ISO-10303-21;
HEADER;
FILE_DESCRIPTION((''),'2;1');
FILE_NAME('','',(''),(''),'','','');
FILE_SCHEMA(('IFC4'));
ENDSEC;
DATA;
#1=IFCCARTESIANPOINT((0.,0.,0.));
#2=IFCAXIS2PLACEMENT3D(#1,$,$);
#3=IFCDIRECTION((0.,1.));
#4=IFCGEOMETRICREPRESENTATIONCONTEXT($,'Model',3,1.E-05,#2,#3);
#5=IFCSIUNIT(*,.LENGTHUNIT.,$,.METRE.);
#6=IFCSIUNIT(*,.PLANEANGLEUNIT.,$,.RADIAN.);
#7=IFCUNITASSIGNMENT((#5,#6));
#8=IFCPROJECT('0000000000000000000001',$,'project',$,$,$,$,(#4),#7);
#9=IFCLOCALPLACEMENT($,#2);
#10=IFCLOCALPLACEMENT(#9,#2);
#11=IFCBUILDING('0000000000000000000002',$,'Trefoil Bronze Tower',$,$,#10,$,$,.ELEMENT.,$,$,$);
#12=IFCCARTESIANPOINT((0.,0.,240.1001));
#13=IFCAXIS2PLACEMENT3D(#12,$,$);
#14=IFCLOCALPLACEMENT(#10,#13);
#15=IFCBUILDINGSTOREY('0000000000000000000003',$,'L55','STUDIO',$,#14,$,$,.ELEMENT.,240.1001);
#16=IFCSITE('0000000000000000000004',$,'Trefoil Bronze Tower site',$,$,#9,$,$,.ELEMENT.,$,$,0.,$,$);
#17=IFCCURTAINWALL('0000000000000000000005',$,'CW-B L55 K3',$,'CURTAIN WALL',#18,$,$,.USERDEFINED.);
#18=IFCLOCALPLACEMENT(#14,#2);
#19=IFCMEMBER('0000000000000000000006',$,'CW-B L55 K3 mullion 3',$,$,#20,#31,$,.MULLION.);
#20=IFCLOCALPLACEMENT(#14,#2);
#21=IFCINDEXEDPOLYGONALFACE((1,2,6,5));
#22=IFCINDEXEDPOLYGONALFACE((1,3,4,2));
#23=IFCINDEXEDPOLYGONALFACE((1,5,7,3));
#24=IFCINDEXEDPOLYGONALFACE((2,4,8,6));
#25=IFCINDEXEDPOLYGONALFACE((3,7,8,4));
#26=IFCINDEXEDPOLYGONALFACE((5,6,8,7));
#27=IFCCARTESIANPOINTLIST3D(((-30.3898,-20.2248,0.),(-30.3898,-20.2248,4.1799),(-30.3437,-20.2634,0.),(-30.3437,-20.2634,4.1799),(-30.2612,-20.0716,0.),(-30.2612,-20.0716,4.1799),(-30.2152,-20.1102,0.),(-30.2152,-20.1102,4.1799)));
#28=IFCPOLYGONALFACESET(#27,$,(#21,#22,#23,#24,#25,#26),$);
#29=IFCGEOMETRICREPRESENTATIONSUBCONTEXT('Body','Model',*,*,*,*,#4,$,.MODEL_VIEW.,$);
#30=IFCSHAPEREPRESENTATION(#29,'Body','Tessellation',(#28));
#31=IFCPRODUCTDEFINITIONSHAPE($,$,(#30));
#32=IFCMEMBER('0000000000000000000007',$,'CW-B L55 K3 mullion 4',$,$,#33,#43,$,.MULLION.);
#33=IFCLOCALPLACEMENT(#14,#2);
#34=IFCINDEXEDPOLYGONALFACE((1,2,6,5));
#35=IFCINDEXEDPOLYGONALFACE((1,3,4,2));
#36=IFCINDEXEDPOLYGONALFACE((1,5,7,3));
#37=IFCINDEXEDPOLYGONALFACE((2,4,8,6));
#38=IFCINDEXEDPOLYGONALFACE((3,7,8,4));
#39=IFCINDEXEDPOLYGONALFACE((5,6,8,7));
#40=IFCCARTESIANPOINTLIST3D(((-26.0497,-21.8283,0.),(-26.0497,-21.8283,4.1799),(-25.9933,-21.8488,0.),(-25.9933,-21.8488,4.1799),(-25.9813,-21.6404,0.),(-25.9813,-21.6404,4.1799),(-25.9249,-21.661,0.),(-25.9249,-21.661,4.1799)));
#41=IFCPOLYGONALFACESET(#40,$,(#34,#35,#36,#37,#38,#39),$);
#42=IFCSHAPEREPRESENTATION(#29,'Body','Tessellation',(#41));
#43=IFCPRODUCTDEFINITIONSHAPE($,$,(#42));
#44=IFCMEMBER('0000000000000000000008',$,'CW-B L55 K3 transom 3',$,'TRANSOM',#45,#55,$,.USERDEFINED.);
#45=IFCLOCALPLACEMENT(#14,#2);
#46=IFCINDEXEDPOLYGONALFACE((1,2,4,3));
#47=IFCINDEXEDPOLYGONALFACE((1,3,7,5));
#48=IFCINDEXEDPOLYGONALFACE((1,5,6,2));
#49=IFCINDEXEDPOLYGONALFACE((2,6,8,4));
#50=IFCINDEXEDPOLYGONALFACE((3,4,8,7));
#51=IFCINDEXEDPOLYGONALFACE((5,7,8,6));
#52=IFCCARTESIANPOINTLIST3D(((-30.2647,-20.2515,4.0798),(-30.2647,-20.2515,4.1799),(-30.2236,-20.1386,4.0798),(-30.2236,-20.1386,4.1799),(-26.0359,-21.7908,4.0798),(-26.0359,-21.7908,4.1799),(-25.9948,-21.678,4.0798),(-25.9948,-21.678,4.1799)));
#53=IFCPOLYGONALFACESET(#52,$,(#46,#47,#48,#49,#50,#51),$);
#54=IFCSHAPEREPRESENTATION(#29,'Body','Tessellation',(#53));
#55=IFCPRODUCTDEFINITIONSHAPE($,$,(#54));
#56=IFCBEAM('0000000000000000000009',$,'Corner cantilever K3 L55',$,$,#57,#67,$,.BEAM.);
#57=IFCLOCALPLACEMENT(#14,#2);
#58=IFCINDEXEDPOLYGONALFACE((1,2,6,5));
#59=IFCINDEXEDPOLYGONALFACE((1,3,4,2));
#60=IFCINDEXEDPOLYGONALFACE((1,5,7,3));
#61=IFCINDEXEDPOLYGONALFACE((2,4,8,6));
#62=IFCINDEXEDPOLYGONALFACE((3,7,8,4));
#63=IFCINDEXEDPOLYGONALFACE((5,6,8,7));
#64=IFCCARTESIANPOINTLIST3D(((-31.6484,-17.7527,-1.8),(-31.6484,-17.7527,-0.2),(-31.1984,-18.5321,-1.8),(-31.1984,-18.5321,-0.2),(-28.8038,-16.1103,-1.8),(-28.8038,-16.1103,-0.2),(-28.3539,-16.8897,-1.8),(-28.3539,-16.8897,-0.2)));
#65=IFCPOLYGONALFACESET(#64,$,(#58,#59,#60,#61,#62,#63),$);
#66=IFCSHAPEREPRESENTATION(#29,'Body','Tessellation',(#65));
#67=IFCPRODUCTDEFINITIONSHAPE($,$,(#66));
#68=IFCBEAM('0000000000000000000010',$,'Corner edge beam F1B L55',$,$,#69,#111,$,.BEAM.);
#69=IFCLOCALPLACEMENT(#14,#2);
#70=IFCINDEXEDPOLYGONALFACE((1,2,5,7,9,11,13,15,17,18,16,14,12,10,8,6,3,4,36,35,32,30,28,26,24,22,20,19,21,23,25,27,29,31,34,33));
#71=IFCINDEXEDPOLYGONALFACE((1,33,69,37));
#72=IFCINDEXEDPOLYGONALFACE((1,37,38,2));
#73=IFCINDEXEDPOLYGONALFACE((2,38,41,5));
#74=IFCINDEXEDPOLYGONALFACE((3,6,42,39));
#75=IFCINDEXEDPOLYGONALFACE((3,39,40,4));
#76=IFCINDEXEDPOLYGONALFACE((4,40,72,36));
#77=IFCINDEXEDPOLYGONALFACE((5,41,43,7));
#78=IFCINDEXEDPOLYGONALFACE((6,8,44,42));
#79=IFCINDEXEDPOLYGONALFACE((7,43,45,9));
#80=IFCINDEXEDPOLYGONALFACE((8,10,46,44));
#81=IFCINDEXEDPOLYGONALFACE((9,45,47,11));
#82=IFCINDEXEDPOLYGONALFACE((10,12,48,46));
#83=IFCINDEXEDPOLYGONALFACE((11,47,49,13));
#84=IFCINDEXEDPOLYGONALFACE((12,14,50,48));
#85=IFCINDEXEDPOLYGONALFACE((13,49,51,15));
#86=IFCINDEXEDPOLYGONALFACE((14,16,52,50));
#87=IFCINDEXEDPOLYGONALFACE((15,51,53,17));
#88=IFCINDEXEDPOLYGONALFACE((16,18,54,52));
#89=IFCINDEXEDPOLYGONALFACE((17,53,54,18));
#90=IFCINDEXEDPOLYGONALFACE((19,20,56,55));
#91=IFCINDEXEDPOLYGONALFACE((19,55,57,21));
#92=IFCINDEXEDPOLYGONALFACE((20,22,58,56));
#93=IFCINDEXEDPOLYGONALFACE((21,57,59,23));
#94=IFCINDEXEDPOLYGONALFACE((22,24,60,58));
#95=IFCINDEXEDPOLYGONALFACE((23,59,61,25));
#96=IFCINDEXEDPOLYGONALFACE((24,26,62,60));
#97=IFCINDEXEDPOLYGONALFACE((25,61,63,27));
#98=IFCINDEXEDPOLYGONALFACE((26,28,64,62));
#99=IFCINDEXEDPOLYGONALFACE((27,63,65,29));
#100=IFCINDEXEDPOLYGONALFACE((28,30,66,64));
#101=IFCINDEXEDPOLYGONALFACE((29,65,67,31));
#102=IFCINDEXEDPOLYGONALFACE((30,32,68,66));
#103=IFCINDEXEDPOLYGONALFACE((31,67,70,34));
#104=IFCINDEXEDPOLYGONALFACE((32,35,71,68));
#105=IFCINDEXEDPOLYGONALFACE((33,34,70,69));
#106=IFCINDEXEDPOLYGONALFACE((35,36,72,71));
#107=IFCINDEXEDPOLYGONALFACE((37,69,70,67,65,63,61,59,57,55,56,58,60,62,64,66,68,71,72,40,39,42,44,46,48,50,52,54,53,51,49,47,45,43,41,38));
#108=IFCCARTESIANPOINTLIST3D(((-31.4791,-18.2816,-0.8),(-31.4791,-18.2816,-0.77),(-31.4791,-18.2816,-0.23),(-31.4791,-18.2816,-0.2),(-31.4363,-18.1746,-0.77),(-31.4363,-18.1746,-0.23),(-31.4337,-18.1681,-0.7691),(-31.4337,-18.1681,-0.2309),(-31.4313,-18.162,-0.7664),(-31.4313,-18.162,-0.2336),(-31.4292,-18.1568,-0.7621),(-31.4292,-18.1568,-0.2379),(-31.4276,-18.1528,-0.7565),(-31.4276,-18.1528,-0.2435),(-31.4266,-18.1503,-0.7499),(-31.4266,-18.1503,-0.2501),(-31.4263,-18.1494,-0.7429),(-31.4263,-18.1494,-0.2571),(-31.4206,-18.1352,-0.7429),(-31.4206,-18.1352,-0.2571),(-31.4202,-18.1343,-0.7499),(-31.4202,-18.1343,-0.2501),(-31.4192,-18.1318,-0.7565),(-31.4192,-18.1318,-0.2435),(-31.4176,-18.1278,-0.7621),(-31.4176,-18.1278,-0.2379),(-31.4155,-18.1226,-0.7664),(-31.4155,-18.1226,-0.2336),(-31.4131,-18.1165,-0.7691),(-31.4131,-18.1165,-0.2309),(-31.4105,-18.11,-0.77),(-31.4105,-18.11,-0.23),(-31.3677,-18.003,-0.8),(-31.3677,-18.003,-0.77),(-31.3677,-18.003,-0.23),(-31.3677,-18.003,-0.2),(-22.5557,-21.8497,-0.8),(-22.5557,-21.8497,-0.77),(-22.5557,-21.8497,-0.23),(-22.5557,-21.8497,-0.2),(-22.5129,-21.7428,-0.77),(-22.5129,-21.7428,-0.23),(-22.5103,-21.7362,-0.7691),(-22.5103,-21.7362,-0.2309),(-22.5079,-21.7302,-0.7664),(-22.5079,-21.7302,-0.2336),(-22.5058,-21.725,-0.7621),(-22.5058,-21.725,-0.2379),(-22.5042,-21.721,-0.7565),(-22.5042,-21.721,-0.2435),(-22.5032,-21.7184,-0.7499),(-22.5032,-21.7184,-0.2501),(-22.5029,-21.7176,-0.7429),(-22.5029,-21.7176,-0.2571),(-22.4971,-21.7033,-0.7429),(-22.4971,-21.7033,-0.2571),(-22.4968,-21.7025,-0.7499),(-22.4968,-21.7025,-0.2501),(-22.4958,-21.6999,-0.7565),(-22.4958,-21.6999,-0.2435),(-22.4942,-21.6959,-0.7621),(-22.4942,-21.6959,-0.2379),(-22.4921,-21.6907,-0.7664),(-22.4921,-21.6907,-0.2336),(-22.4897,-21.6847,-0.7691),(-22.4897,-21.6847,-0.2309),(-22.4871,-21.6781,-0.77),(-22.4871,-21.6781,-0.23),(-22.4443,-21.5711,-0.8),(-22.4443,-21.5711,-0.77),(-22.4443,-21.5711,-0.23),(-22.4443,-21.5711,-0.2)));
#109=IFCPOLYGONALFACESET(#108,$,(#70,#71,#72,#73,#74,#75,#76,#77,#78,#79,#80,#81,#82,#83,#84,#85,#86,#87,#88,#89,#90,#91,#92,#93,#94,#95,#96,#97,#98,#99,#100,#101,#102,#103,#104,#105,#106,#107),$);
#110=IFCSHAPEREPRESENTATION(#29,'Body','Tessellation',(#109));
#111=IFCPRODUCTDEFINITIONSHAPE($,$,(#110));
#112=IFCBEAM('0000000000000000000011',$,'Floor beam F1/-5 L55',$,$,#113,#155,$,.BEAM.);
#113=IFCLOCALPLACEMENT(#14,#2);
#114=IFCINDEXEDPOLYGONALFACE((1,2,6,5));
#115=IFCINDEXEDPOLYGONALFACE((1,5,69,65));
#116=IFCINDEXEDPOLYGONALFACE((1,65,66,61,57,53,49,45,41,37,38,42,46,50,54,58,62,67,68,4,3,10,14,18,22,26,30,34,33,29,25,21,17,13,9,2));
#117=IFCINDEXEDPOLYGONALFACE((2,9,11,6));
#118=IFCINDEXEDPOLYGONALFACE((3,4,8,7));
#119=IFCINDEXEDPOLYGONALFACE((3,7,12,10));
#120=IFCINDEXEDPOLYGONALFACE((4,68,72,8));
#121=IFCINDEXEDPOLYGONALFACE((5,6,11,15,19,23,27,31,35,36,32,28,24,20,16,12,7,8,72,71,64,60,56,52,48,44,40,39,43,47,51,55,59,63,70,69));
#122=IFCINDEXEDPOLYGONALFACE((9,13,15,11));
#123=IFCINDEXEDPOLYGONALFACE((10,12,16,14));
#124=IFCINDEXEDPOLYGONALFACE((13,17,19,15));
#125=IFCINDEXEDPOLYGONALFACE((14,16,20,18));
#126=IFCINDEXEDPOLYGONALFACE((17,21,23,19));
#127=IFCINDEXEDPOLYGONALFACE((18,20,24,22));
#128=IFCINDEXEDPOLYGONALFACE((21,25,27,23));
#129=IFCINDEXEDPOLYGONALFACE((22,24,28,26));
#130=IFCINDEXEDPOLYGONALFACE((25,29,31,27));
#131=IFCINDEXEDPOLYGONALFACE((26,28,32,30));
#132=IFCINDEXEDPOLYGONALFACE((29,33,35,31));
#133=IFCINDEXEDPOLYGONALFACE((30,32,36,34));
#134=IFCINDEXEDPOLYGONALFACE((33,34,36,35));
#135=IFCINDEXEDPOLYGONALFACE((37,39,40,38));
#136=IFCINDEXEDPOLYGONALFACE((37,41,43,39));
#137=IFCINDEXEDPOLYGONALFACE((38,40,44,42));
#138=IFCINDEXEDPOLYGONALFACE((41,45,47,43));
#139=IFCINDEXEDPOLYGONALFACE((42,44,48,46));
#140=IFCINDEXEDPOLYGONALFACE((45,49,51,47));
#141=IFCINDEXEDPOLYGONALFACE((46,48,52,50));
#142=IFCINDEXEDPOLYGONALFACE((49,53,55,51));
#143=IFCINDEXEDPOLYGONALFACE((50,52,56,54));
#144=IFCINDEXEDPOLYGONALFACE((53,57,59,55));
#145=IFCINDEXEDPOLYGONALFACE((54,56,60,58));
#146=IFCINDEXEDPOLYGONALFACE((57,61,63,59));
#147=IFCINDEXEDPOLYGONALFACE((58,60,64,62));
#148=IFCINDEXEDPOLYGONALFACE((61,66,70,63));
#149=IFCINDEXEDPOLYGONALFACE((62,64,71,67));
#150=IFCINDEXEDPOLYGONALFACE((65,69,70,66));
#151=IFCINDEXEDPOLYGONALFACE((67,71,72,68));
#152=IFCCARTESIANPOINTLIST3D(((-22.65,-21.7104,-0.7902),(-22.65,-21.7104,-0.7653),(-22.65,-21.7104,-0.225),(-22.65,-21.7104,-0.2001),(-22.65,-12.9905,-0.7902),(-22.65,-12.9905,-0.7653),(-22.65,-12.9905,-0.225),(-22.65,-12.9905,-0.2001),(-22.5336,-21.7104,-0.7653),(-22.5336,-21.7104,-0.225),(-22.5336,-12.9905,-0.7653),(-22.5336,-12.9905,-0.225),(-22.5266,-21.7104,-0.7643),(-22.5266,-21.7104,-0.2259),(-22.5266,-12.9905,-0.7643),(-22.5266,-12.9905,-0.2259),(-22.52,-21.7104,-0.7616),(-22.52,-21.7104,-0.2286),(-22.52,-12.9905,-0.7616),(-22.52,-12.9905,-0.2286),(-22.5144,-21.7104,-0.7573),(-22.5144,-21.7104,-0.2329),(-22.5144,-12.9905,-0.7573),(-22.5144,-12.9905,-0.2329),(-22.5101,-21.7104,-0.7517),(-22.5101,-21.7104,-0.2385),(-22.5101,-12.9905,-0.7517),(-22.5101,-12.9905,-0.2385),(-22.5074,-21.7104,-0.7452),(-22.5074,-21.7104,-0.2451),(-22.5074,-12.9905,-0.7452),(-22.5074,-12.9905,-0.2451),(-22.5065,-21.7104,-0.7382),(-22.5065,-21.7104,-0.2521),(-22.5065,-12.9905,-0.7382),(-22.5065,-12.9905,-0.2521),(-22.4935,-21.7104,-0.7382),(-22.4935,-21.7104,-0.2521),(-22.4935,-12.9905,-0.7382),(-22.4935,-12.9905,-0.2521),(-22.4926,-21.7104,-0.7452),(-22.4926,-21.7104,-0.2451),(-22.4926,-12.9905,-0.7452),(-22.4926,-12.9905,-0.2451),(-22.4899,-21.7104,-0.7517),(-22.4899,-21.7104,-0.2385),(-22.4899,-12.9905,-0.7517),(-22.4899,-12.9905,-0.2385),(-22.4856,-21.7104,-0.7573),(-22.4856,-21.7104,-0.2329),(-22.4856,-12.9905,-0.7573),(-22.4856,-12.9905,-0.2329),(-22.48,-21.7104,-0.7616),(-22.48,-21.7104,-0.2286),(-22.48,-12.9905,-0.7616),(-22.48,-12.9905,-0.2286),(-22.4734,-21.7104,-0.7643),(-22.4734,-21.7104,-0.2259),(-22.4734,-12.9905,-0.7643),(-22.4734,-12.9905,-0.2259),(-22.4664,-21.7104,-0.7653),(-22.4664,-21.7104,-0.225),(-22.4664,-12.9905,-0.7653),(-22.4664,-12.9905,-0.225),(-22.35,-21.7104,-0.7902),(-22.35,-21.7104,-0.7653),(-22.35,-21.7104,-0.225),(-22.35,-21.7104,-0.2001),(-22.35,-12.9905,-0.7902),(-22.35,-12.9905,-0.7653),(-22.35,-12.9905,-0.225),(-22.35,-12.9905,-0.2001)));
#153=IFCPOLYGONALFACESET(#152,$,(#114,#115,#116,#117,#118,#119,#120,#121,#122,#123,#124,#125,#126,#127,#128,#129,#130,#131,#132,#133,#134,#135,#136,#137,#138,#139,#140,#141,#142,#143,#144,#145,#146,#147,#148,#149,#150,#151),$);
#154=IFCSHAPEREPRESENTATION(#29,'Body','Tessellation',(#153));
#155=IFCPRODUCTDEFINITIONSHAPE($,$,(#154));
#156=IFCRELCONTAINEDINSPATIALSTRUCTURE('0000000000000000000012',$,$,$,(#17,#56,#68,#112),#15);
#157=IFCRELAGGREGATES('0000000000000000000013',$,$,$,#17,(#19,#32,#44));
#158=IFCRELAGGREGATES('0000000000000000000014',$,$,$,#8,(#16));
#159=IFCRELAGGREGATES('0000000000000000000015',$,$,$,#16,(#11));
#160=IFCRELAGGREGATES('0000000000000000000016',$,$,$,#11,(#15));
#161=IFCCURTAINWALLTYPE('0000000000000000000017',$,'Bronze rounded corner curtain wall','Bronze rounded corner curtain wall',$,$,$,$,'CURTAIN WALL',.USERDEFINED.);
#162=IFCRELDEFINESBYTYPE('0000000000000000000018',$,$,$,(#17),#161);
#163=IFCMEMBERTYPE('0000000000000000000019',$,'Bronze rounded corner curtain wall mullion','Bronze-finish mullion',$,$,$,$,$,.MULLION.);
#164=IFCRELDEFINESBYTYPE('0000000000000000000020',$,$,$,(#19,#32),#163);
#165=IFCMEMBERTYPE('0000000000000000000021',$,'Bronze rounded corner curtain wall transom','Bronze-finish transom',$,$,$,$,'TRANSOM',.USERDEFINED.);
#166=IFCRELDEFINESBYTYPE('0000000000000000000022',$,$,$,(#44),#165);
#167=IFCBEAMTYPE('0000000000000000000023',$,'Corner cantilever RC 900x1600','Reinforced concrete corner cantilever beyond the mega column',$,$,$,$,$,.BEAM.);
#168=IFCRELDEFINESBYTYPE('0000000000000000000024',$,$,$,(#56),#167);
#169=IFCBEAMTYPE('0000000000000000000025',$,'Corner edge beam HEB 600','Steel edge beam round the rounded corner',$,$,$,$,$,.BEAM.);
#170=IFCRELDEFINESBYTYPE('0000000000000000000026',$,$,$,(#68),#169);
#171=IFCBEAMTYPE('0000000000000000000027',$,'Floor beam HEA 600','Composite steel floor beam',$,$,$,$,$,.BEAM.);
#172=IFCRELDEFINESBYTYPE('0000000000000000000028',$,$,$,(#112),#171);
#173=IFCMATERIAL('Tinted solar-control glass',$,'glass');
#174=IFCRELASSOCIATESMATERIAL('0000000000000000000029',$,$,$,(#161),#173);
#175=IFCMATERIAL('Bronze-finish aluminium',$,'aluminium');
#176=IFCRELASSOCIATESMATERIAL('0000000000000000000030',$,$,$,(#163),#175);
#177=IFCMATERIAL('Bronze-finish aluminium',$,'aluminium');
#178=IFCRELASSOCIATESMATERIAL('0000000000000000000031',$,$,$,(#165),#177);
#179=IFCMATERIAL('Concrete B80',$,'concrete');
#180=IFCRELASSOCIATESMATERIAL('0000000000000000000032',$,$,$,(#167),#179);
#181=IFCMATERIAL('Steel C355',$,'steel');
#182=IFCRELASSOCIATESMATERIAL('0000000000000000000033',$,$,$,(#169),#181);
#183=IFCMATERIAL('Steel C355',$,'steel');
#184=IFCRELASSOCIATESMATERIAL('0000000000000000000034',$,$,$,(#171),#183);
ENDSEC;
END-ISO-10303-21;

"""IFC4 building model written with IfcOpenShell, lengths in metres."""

from ifc_helpers import new_model, si_unit, direction, frame, origin, origin_2d, place, context, subcontext, project, spatial, rectangle, i_section, extrude, material, material_profile, profile_set, type_object, element, aggregate, save


model = new_model("IFC4")

# Units and contexts
model_context = context("Model", 3, precision=1e-05, world=origin(), true_north=direction((0.0, 1.0)))
body_context = subcontext(model_context, "Body", "Model", "MODEL_VIEW")
ifc_project = project(units=[si_unit("LENGTHUNIT", "METRE"), si_unit("PLANEANGLEUNIT", "RADIAN")], contexts=[model_context])

# Site, building, storey
site_placement = place(None, origin())
site = spatial("IfcSite", under=ifc_project, at=site_placement, Name="Trefoil Bronze Tower site", CompositionType="ELEMENT", RefElevation=0.0)
building_placement = place(site_placement, origin())
building = spatial("IfcBuilding", under=site, at=building_placement, Name="Trefoil Bronze Tower", CompositionType="ELEMENT")
storey_placement = place(building_placement, frame((0.0, 0.0, 240.1001)))
storey = spatial("IfcBuildingStorey", under=building, at=storey_placement, Name="L55", Description="STUDIO", CompositionType="ELEMENT", Elevation=240.1001)

# Curtain wall, members
ifc_material_1 = material(Name="Tinted solar-control glass", Category="glass")
curtain_wall_type_1 = type_object("IfcCurtainWallType", Name="Bronze rounded corner curtain wall", Description="Bronze rounded corner curtain wall", ElementType="CURTAIN WALL", PredefinedType="USERDEFINED", material=ifc_material_1)
curtain_wall_1_placement = place(storey_placement, origin())
curtain_wall_1 = element("IfcCurtainWall", 1, at=curtain_wall_1_placement, inside=storey, type_object=curtain_wall_type_1, Name="CW-B L55 K3", ObjectType="CURTAIN WALL", PredefinedType="USERDEFINED")
ifc_material_2 = material(Name="Bronze-finish aluminium", Category="aluminium")
ifc_material_profile_1 = material_profile(ifc_material_2, rectangle(XDim=0.2, YDim=0.0601, at=origin_2d()), Name="CW-B mullion")
ifc_profile_set_1 = profile_set([ifc_material_profile_1], Name="Bronze-finish aluminium")
member_type_1 = type_object("IfcMemberType", Name="Bronze rounded corner curtain wall mullion", Description="Bronze-finish mullion", PredefinedType="MULLION", material=ifc_profile_set_1)
member_1_placement = place(storey_placement, frame((-30.3025, -20.1675, 0.0), z_axis=(0.0, 0.0, 1.0), x_axis=(0.642788, 0.766044, 0.0)))
member_1 = element("IfcMember", 2, at=member_1_placement, type_object=member_type_1, Name="CW-B L55 K3 mullion 3", PredefinedType="MULLION", context=body_context, shape_type="SweptSolid", body=[
    extrude(rectangle(XDim=0.2, YDim=0.0601, at=origin_2d()), origin(), (0.0, 0.0, 1.0), 4.1799),
])
member_2_placement = place(storey_placement, frame((-25.9873, -21.7446, 0.0), z_axis=(0.0, 0.0, 1.0), x_axis=(0.34202, 0.939693, 0.0)))
member_2 = element("IfcMember", 3, at=member_2_placement, type_object=member_type_1, Name="CW-B L55 K3 mullion 4", PredefinedType="MULLION", context=body_context, shape_type="SweptSolid", body=[
    extrude(rectangle(XDim=0.2, YDim=0.0601, at=origin_2d()), origin(), (0.0, 0.0, 1.0), 4.1799),
])
ifc_material_3 = material(Name="Bronze-finish aluminium", Category="aluminium")
ifc_material_profile_2 = material_profile(ifc_material_3, rectangle(XDim=0.1201, YDim=0.1001, at=origin_2d()), Name="CW-B transom")
ifc_profile_set_2 = profile_set([ifc_material_profile_2], Name="Bronze-finish aluminium")
member_type_2 = type_object("IfcMemberType", Name="Bronze rounded corner curtain wall transom", Description="Bronze-finish transom", ElementType="TRANSOM", PredefinedType="USERDEFINED", material=ifc_profile_set_2)
member_3_placement = place(storey_placement, frame((-30.2441, -20.1951, 4.1299), z_axis=(0.939681, -0.342052, 0.0), x_axis=(0.342052, 0.939681, 0.0)))
member_3 = element("IfcMember", 4, at=member_3_placement, type_object=member_type_2, Name="CW-B L55 K3 transom 3", ObjectType="TRANSOM", PredefinedType="USERDEFINED", context=body_context, shape_type="SweptSolid", body=[
    extrude(rectangle(XDim=0.1201, YDim=0.1001, at=origin_2d()), origin(), (0.0, 0.0, 1.0), 4.5002),
])

# Beams
ifc_material_4 = material(Name="Concrete B80", Category="concrete")
ifc_material_profile_3 = material_profile(ifc_material_4, rectangle(XDim=0.8999, YDim=1.6001, at=origin_2d()), Name="RC 900x1600")
ifc_profile_set_3 = profile_set([ifc_material_profile_3], Name="Concrete B80")
beam_type_1 = type_object("IfcBeamType", Name="Corner cantilever RC 900x1600", Description="Reinforced concrete corner cantilever beyond the mega column", PredefinedType="BEAM", material=ifc_profile_set_3)
beam_1_placement = place(storey_placement, frame((-28.5789, -16.5, -1.0), z_axis=(-0.866016, -0.500016, 0.0), x_axis=(0.500016, -0.866016, 0.0)))
element("IfcBeam", 5, at=beam_1_placement, inside=storey, type_object=beam_type_1, Name="Corner cantilever K3 L55", PredefinedType="BEAM", context=body_context, shape_type="SweptSolid", body=[
    extrude(rectangle(XDim=0.8999, YDim=1.6001, at=origin_2d()), origin(), (0.0, 0.0, 1.0), 3.2847),
])
ifc_material_5 = material(Name="Steel C355", Category="steel")
ifc_material_profile_4 = material_profile(ifc_material_5, i_section(OverallWidth=0.3, OverallDepth=0.6001, WebThickness=0.0154, FlangeThickness=0.03, FilletRadius=0.0271, at=origin_2d()), Name="HEB 600")
ifc_profile_set_4 = profile_set([ifc_material_profile_4], Name="Steel C355")
beam_type_2 = type_object("IfcBeamType", Name="Corner edge beam HEB 600", Description="Steel edge beam round the rounded corner", PredefinedType="BEAM", material=ifc_profile_set_4)
beam_2_placement = place(storey_placement, frame((-22.5, -21.7104, -0.5), z_axis=(-0.92852, 0.371281, 0.0), x_axis=(-0.371281, -0.92852, 0.0)))
element("IfcBeam", 6, at=beam_2_placement, inside=storey, type_object=beam_type_2, Name="Corner edge beam F1B L55", PredefinedType="BEAM", context=body_context, shape_type="SweptSolid", body=[
    extrude(i_section(OverallWidth=0.3, OverallDepth=0.6001, WebThickness=0.0154, FlangeThickness=0.03, FilletRadius=0.0271, at=origin_2d()), origin(), (0.0, 0.0, 1.0), 9.6104),
])
ifc_material_6 = material(Name="Steel C355", Category="steel")
ifc_material_profile_5 = material_profile(ifc_material_6, i_section(OverallWidth=0.3, OverallDepth=0.5901, WebThickness=0.0129, FlangeThickness=0.0249, FilletRadius=0.0271, at=origin_2d()), Name="HEA 600")
ifc_profile_set_5 = profile_set([ifc_material_profile_5], Name="Steel C355")
beam_type_3 = type_object("IfcBeamType", Name="Floor beam HEA 600", Description="Composite steel floor beam", PredefinedType="BEAM", material=ifc_profile_set_5)
beam_3_placement = place(storey_placement, frame((-22.5, -21.7104, -0.4951), z_axis=(0.0, 1.0, 0.0), x_axis=(-1.0, 0.0, 0.0)))
element("IfcBeam", 7, at=beam_3_placement, inside=storey, type_object=beam_type_3, Name="Floor beam F1/-5 L55", PredefinedType="BEAM", context=body_context, shape_type="SweptSolid", body=[
    extrude(i_section(OverallWidth=0.3, OverallDepth=0.5901, WebThickness=0.0129, FlangeThickness=0.0249, FilletRadius=0.0271, at=origin_2d()), origin(), (0.0, 0.0, 1.0), 8.72),
])

aggregate(curtain_wall_1, [member_1, member_2, member_3])

save(model, "model.ifc")
